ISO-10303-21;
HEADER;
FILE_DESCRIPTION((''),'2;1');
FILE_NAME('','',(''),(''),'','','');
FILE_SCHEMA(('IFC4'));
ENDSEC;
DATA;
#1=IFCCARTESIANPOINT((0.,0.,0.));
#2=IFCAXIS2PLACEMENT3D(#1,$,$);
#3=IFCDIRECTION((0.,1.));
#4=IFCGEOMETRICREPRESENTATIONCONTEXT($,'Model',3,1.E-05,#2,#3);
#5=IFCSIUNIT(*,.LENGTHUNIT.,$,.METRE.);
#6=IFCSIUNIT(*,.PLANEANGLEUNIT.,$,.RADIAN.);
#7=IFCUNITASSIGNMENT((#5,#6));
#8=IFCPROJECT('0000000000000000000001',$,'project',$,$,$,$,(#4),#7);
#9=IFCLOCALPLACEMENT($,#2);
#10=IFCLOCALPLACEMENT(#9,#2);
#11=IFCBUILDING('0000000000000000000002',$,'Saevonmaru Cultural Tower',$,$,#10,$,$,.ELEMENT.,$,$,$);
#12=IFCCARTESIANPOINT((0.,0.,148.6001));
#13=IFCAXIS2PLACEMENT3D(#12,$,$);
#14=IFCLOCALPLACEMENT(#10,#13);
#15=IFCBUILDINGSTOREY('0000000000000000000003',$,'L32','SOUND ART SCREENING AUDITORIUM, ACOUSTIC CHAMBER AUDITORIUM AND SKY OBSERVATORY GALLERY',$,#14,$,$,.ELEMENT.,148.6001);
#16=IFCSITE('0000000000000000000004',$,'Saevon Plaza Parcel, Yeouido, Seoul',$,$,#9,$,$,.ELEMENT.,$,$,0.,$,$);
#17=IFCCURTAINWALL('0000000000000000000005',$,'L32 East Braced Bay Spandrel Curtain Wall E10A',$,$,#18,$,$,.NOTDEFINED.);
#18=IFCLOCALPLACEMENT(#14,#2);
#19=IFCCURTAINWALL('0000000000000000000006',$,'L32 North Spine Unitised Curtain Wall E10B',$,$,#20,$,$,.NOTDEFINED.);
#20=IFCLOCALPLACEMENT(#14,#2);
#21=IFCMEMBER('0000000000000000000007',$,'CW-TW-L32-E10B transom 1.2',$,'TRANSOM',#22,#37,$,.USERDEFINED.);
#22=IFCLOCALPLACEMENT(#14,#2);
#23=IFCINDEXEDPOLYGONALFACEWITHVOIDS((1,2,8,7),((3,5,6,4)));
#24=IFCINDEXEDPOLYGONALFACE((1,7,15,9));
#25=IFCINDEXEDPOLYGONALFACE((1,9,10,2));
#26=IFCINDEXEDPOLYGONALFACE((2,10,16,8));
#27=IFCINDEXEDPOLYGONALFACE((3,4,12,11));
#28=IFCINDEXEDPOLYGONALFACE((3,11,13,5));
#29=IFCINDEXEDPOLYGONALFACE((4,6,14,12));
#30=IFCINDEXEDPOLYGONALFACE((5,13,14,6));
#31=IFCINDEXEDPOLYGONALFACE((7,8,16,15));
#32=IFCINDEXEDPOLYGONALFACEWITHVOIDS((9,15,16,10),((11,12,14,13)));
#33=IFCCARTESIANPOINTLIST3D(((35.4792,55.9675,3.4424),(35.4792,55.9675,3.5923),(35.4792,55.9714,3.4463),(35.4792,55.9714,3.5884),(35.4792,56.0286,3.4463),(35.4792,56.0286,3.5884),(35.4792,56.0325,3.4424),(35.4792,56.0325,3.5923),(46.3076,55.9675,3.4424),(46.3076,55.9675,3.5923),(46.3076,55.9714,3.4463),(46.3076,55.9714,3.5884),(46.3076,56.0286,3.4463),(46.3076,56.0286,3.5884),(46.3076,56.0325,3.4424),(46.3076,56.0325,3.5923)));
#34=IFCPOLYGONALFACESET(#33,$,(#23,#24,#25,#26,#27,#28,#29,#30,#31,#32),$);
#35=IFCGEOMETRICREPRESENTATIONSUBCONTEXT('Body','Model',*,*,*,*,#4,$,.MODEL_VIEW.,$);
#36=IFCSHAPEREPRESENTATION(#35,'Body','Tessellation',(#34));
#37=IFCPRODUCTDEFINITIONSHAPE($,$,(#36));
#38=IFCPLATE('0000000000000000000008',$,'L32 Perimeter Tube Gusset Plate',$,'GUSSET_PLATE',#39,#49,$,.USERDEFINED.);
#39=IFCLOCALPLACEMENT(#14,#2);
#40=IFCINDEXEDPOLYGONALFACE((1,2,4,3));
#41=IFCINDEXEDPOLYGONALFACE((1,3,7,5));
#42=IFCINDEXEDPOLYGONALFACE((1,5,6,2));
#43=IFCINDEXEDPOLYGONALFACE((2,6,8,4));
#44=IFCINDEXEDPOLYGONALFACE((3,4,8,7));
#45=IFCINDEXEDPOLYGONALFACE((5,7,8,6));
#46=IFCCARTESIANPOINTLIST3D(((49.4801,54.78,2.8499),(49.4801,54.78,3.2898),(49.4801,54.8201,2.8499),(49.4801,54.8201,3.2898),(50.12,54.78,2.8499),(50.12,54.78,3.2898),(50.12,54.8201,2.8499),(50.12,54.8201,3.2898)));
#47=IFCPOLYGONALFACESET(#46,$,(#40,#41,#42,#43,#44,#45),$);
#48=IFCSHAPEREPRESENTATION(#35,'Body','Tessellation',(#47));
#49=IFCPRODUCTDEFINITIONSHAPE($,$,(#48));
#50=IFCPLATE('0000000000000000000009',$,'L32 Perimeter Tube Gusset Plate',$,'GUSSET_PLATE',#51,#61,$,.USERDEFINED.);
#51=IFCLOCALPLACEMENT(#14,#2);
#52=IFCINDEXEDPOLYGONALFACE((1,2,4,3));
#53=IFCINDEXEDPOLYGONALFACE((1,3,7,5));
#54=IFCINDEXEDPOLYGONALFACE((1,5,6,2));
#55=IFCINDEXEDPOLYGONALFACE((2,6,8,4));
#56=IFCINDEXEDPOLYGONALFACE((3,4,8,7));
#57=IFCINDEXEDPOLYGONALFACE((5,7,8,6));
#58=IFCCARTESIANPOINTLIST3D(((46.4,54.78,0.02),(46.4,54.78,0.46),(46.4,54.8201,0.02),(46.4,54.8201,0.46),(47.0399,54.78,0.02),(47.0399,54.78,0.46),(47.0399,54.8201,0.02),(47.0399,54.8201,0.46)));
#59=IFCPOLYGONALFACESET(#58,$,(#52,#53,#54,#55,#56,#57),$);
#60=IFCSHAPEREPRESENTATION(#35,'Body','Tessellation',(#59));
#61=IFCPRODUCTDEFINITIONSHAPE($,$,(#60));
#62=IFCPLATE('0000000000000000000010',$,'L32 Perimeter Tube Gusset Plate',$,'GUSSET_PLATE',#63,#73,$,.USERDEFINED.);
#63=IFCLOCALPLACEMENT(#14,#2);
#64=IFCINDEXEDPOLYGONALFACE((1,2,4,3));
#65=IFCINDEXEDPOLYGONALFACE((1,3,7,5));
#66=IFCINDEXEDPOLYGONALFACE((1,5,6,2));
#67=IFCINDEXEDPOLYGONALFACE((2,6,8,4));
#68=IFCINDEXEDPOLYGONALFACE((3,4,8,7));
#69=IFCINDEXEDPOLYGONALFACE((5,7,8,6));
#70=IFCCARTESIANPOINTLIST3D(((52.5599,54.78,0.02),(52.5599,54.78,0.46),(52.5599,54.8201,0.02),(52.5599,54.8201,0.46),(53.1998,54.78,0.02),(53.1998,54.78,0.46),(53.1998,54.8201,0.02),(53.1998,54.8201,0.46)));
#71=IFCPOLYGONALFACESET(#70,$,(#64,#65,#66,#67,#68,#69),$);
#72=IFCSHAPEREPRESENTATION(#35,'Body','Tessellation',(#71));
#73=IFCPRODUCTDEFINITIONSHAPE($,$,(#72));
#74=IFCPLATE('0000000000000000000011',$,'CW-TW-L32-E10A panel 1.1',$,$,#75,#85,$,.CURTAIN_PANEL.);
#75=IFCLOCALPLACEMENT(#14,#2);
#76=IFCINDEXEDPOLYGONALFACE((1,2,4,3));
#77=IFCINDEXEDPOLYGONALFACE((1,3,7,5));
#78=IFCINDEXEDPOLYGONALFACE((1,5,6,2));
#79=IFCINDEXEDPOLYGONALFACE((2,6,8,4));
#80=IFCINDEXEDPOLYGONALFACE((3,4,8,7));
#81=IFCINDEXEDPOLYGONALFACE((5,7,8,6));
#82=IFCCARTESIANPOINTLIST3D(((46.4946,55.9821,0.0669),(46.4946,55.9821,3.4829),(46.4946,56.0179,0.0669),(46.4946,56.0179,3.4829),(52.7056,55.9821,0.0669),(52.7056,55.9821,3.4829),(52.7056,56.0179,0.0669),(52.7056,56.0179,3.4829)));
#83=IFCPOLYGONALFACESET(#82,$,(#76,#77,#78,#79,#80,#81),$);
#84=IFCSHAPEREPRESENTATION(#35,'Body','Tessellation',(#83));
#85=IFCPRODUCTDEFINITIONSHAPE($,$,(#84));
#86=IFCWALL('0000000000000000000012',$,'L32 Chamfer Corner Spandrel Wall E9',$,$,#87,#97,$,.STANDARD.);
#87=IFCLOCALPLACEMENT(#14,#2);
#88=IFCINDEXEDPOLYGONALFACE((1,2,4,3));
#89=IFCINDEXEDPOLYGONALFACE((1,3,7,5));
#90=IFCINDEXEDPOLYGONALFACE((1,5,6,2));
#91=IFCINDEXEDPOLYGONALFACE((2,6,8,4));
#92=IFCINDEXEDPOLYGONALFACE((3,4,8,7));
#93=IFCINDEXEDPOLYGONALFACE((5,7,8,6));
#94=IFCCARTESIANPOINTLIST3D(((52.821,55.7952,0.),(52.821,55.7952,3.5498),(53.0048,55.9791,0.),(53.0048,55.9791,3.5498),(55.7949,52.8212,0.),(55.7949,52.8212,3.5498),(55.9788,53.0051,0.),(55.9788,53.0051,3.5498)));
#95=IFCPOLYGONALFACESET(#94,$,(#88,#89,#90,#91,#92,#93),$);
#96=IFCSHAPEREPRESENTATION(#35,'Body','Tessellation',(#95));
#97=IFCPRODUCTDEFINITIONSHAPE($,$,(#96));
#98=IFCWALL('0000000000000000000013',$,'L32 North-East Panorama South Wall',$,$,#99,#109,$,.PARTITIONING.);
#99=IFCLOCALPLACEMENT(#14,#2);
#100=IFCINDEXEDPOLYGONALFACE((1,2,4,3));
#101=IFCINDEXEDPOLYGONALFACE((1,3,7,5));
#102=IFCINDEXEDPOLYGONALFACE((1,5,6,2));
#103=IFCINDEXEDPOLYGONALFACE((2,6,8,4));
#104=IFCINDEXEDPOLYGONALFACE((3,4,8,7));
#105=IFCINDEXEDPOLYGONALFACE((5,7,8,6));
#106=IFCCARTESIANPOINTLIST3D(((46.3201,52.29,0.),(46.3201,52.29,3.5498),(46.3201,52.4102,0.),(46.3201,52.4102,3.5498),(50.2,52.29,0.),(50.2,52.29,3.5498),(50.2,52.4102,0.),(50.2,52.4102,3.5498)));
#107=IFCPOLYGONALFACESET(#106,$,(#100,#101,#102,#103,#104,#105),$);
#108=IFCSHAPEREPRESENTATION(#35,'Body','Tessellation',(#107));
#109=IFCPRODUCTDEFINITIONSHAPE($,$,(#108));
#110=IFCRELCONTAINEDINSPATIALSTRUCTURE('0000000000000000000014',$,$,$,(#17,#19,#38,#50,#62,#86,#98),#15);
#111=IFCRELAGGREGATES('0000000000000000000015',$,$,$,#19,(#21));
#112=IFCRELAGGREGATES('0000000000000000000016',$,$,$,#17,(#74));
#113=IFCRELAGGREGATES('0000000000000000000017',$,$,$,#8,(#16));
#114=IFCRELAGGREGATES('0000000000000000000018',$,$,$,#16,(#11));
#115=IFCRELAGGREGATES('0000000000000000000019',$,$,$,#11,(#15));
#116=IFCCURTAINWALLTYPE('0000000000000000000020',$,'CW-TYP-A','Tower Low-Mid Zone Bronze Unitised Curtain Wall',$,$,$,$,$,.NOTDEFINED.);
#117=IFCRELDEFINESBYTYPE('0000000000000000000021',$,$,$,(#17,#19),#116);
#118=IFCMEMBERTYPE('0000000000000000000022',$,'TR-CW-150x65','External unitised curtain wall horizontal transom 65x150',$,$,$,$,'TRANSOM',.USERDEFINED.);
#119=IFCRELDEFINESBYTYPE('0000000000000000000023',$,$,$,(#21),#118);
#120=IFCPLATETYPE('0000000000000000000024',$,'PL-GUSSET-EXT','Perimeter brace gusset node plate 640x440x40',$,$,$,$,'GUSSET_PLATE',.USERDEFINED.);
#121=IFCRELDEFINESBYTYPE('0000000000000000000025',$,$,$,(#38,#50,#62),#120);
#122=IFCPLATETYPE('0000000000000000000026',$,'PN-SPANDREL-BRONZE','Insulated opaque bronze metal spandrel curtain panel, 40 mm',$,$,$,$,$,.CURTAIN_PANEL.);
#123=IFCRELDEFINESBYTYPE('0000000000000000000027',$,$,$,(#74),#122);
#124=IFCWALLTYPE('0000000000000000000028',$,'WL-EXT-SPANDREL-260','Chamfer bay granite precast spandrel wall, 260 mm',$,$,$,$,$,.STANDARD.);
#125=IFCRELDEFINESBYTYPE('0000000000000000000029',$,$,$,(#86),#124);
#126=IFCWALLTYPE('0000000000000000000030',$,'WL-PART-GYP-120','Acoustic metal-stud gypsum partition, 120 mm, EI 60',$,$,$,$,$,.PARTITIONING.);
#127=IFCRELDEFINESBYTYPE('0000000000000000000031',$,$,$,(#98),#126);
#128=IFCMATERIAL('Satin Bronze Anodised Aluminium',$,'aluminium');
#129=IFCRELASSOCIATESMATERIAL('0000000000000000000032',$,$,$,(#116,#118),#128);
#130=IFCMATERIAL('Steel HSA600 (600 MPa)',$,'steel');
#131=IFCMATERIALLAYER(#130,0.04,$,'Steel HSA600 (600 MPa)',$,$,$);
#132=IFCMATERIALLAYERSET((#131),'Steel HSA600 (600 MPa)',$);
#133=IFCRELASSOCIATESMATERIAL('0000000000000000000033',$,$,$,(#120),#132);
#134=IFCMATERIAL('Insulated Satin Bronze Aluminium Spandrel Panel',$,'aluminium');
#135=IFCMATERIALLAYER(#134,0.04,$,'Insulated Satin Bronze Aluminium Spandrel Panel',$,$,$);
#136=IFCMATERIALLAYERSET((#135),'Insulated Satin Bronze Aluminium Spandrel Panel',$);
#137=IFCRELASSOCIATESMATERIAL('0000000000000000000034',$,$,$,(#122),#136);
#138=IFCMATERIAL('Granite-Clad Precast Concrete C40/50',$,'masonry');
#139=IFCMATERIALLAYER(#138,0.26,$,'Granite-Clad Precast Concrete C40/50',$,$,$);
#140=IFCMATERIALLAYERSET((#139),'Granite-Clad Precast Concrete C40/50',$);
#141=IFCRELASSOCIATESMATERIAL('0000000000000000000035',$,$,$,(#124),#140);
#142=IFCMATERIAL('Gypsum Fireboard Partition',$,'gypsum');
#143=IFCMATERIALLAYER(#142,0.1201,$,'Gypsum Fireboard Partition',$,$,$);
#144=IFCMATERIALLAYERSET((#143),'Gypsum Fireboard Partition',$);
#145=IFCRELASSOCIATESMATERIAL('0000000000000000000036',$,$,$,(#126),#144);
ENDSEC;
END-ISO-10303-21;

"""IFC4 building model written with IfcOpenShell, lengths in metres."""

from ifc_helpers import new_model, si_unit, direction, frame, frame_2d, origin, origin_2d, place, context, subcontext, project, spatial, rectangle, hollow_rectangle, extrude, material, layer, layer_set, material_profile, profile_set, type_object, element, aggregate, save


model = new_model("IFC4")

# Units and contexts
model_context = context("Model", 3, precision=1e-05, world=origin(), true_north=direction((0.0, 1.0)))
body_context = subcontext(model_context, "Body", "Model", "MODEL_VIEW")
ifc_project = project(units=[si_unit("LENGTHUNIT", "METRE"), si_unit("PLANEANGLEUNIT", "RADIAN")], contexts=[model_context])

# Site, building, storey
site_placement = place(None, origin())
site = spatial("IfcSite", under=ifc_project, at=site_placement, Name="Saevon Plaza Parcel, Yeouido, Seoul", CompositionType="ELEMENT", RefElevation=0.0)
building_placement = place(site_placement, origin())
building = spatial("IfcBuilding", under=site, at=building_placement, Name="Saevonmaru Cultural Tower", CompositionType="ELEMENT")
storey_placement = place(building_placement, frame((0.0, 0.0, 148.6001)))
storey = spatial("IfcBuildingStorey", under=building, at=storey_placement, Name="L32", Description="SOUND ART SCREENING AUDITORIUM, ACOUSTIC CHAMBER AUDITORIUM AND SKY OBSERVATORY GALLERY", CompositionType="ELEMENT", Elevation=148.6001)

# Shared definitions
ifc_material_1 = material(Name="Satin Bronze Anodised Aluminium", Category="aluminium")
curtain_wall_type = type_object("IfcCurtainWallType", Name="CW-TYP-A", Description="Tower Low-Mid Zone Bronze Unitised Curtain Wall", PredefinedType="NOTDEFINED", material=ifc_material_1)

# Curtain wall
curtain_wall_1_placement = place(storey_placement, origin())
curtain_wall_1 = element("IfcCurtainWall", 1, at=curtain_wall_1_placement, inside=storey, type_object=curtain_wall_type, Name="L32 East Braced Bay Spandrel Curtain Wall E10A", PredefinedType="NOTDEFINED")

# Curtain wall
curtain_wall_2_placement = place(storey_placement, origin())
curtain_wall_2 = element("IfcCurtainWall", 2, at=curtain_wall_2_placement, inside=storey, type_object=curtain_wall_type, Name="L32 North Spine Unitised Curtain Wall E10B", PredefinedType="NOTDEFINED")

# Member
ifc_material_profile_1 = material_profile(ifc_material_1, hollow_rectangle(XDim=0.0649, YDim=0.1499, WallThickness=0.0039, at=origin_2d()), Name="ALU-TRAN-150x65x4")
ifc_profile_set_1 = profile_set([ifc_material_profile_1], Name="Satin Bronze Anodised Aluminium")
member_type_1 = type_object("IfcMemberType", Name="TR-CW-150x65", Description="External unitised curtain wall horizontal transom 65x150", ElementType="TRANSOM", PredefinedType="USERDEFINED", material=ifc_profile_set_1)
member_1_placement = place(storey_placement, frame((46.3076, 56.0, 3.5173), z_axis=(-1.0, 0.0, 0.0), x_axis=(0.0, -1.0, 0.0)))
member_1 = element("IfcMember", 3, at=member_1_placement, type_object=member_type_1, Name="CW-TW-L32-E10B transom 1.2", ObjectType="TRANSOM", PredefinedType="USERDEFINED", context=body_context, shape_type="SweptSolid", body=[
    extrude(hollow_rectangle(XDim=0.0649, YDim=0.1499, WallThickness=0.0039, at=origin_2d()), origin(), (0.0, 0.0, 1.0), 10.8284),
])
aggregate(curtain_wall_2, [member_1])

# Plates
ifc_material_2 = material(Name="Steel HSA600 (600 MPa)", Category="steel")
ifc_layer_1 = layer(ifc_material_2, 0.04, Name="Steel HSA600 (600 MPa)")
ifc_layer_set_1 = layer_set([ifc_layer_1], Name="Steel HSA600 (600 MPa)")
plate_type_1 = type_object("IfcPlateType", Name="PL-GUSSET-EXT", Description="Perimeter brace gusset node plate 640x440x40", ElementType="GUSSET_PLATE", PredefinedType="USERDEFINED", material=ifc_layer_set_1)
for number, where, z_axis, x_axis, name in (
    (4, (49.8, 54.8, 2.8499), (0.0, 0.0, 1.0), (1.0, 0.0, 0.0), "L32 Perimeter Tube Gusset Plate"),
    (5, (46.72, 54.8, 0.02), (0.0, 0.0, 1.0), (1.0, 0.0, 0.0), "L32 Perimeter Tube Gusset Plate"),
    (6, (52.8799, 54.8, 0.02), (0.0, 0.0, 1.0), (1.0, 0.0, 0.0), "L32 Perimeter Tube Gusset Plate"),
):
    element("IfcPlate", number, at=place(storey_placement, frame(where, z_axis=z_axis, x_axis=x_axis)), inside=storey, type_object=plate_type_1, Name=name, ObjectType="GUSSET_PLATE", PredefinedType="USERDEFINED", context=body_context, shape_type="SweptSolid", body=[
        extrude(rectangle(XDim=0.6399, YDim=0.04, at=origin_2d()), origin(), (0.0, 0.0, 1.0), 0.4399),
    ])

# Plate
ifc_material_3 = material(Name="Insulated Satin Bronze Aluminium Spandrel Panel", Category="aluminium")
ifc_layer_2 = layer(ifc_material_3, 0.04, Name="Insulated Satin Bronze Aluminium Spandrel Panel")
ifc_layer_set_2 = layer_set([ifc_layer_2], Name="Insulated Satin Bronze Aluminium Spandrel Panel")
plate_type_2 = type_object("IfcPlateType", Name="PN-SPANDREL-BRONZE", Description="Insulated opaque bronze metal spandrel curtain panel, 40 mm", PredefinedType="CURTAIN_PANEL", material=ifc_layer_set_2)
plate_placement = place(storey_placement, frame((49.6001, 56.0, 0.0669), z_axis=(0.0, 0.0, 1.0), x_axis=(-1.0, 0.0, 0.0)))
plate = element("IfcPlate", 7, at=plate_placement, type_object=plate_type_2, Name="CW-TW-L32-E10A panel 1.1", PredefinedType="CURTAIN_PANEL", context=body_context, shape_type="SweptSolid", body=[
    extrude(rectangle(XDim=6.2109, YDim=0.0359, at=origin_2d()), origin(), (0.0, 0.0, 1.0), 3.416),
])
aggregate(curtain_wall_1, [plate])

# Wall
ifc_material_4 = material(Name="Granite-Clad Precast Concrete C40/50", Category="masonry")
ifc_layer_3 = layer(ifc_material_4, 0.26, Name="Granite-Clad Precast Concrete C40/50")
ifc_layer_set_3 = layer_set([ifc_layer_3], Name="Granite-Clad Precast Concrete C40/50")
wall_type_1 = type_object("IfcWallType", Name="WL-EXT-SPANDREL-260", Description="Chamfer bay granite precast spandrel wall, 260 mm", PredefinedType="STANDARD", material=ifc_layer_set_3)
wall_1_placement = place(storey_placement, frame((55.887, 52.9131, 0.0), z_axis=(0.0, 0.0, 1.0), x_axis=(-0.707107, 0.707107, 0.0)))
element("IfcWall", 8, at=wall_1_placement, inside=storey, type_object=wall_type_1, Name="L32 Chamfer Corner Spandrel Wall E9", PredefinedType="STANDARD", context=body_context, shape_type="SweptSolid", body=[
    extrude(rectangle(XDim=4.2058, YDim=0.26, at=frame_2d((2.103, 0.0))), origin(), (0.0, 0.0, 1.0), 3.5498),
])

# Shared definitions
ifc_material_5 = material(Name="Gypsum Fireboard Partition", Category="gypsum")

# Wall
ifc_layer_4 = layer(ifc_material_5, 0.1201, Name="Gypsum Fireboard Partition")
ifc_layer_set_4 = layer_set([ifc_layer_4], Name="Gypsum Fireboard Partition")
wall_type_2 = type_object("IfcWallType", Name="WL-PART-GYP-120", Description="Acoustic metal-stud gypsum partition, 120 mm, EI 60", PredefinedType="PARTITIONING", material=ifc_layer_set_4)
wall_2_placement = place(storey_placement, frame((46.3201, 52.3501, 0.0), z_axis=(0.0, 0.0, 1.0), x_axis=(1.0, 0.0, 0.0)))
element("IfcWall", 9, at=wall_2_placement, inside=storey, type_object=wall_type_2, Name="L32 North-East Panorama South Wall", PredefinedType="PARTITIONING", context=body_context, shape_type="SweptSolid", body=[
    extrude(rectangle(XDim=3.8799, YDim=0.1201, at=frame_2d((1.9399, 0.0))), origin(), (0.0, 0.0, 1.0), 3.5498),
])

save(model, "model.ifc")
